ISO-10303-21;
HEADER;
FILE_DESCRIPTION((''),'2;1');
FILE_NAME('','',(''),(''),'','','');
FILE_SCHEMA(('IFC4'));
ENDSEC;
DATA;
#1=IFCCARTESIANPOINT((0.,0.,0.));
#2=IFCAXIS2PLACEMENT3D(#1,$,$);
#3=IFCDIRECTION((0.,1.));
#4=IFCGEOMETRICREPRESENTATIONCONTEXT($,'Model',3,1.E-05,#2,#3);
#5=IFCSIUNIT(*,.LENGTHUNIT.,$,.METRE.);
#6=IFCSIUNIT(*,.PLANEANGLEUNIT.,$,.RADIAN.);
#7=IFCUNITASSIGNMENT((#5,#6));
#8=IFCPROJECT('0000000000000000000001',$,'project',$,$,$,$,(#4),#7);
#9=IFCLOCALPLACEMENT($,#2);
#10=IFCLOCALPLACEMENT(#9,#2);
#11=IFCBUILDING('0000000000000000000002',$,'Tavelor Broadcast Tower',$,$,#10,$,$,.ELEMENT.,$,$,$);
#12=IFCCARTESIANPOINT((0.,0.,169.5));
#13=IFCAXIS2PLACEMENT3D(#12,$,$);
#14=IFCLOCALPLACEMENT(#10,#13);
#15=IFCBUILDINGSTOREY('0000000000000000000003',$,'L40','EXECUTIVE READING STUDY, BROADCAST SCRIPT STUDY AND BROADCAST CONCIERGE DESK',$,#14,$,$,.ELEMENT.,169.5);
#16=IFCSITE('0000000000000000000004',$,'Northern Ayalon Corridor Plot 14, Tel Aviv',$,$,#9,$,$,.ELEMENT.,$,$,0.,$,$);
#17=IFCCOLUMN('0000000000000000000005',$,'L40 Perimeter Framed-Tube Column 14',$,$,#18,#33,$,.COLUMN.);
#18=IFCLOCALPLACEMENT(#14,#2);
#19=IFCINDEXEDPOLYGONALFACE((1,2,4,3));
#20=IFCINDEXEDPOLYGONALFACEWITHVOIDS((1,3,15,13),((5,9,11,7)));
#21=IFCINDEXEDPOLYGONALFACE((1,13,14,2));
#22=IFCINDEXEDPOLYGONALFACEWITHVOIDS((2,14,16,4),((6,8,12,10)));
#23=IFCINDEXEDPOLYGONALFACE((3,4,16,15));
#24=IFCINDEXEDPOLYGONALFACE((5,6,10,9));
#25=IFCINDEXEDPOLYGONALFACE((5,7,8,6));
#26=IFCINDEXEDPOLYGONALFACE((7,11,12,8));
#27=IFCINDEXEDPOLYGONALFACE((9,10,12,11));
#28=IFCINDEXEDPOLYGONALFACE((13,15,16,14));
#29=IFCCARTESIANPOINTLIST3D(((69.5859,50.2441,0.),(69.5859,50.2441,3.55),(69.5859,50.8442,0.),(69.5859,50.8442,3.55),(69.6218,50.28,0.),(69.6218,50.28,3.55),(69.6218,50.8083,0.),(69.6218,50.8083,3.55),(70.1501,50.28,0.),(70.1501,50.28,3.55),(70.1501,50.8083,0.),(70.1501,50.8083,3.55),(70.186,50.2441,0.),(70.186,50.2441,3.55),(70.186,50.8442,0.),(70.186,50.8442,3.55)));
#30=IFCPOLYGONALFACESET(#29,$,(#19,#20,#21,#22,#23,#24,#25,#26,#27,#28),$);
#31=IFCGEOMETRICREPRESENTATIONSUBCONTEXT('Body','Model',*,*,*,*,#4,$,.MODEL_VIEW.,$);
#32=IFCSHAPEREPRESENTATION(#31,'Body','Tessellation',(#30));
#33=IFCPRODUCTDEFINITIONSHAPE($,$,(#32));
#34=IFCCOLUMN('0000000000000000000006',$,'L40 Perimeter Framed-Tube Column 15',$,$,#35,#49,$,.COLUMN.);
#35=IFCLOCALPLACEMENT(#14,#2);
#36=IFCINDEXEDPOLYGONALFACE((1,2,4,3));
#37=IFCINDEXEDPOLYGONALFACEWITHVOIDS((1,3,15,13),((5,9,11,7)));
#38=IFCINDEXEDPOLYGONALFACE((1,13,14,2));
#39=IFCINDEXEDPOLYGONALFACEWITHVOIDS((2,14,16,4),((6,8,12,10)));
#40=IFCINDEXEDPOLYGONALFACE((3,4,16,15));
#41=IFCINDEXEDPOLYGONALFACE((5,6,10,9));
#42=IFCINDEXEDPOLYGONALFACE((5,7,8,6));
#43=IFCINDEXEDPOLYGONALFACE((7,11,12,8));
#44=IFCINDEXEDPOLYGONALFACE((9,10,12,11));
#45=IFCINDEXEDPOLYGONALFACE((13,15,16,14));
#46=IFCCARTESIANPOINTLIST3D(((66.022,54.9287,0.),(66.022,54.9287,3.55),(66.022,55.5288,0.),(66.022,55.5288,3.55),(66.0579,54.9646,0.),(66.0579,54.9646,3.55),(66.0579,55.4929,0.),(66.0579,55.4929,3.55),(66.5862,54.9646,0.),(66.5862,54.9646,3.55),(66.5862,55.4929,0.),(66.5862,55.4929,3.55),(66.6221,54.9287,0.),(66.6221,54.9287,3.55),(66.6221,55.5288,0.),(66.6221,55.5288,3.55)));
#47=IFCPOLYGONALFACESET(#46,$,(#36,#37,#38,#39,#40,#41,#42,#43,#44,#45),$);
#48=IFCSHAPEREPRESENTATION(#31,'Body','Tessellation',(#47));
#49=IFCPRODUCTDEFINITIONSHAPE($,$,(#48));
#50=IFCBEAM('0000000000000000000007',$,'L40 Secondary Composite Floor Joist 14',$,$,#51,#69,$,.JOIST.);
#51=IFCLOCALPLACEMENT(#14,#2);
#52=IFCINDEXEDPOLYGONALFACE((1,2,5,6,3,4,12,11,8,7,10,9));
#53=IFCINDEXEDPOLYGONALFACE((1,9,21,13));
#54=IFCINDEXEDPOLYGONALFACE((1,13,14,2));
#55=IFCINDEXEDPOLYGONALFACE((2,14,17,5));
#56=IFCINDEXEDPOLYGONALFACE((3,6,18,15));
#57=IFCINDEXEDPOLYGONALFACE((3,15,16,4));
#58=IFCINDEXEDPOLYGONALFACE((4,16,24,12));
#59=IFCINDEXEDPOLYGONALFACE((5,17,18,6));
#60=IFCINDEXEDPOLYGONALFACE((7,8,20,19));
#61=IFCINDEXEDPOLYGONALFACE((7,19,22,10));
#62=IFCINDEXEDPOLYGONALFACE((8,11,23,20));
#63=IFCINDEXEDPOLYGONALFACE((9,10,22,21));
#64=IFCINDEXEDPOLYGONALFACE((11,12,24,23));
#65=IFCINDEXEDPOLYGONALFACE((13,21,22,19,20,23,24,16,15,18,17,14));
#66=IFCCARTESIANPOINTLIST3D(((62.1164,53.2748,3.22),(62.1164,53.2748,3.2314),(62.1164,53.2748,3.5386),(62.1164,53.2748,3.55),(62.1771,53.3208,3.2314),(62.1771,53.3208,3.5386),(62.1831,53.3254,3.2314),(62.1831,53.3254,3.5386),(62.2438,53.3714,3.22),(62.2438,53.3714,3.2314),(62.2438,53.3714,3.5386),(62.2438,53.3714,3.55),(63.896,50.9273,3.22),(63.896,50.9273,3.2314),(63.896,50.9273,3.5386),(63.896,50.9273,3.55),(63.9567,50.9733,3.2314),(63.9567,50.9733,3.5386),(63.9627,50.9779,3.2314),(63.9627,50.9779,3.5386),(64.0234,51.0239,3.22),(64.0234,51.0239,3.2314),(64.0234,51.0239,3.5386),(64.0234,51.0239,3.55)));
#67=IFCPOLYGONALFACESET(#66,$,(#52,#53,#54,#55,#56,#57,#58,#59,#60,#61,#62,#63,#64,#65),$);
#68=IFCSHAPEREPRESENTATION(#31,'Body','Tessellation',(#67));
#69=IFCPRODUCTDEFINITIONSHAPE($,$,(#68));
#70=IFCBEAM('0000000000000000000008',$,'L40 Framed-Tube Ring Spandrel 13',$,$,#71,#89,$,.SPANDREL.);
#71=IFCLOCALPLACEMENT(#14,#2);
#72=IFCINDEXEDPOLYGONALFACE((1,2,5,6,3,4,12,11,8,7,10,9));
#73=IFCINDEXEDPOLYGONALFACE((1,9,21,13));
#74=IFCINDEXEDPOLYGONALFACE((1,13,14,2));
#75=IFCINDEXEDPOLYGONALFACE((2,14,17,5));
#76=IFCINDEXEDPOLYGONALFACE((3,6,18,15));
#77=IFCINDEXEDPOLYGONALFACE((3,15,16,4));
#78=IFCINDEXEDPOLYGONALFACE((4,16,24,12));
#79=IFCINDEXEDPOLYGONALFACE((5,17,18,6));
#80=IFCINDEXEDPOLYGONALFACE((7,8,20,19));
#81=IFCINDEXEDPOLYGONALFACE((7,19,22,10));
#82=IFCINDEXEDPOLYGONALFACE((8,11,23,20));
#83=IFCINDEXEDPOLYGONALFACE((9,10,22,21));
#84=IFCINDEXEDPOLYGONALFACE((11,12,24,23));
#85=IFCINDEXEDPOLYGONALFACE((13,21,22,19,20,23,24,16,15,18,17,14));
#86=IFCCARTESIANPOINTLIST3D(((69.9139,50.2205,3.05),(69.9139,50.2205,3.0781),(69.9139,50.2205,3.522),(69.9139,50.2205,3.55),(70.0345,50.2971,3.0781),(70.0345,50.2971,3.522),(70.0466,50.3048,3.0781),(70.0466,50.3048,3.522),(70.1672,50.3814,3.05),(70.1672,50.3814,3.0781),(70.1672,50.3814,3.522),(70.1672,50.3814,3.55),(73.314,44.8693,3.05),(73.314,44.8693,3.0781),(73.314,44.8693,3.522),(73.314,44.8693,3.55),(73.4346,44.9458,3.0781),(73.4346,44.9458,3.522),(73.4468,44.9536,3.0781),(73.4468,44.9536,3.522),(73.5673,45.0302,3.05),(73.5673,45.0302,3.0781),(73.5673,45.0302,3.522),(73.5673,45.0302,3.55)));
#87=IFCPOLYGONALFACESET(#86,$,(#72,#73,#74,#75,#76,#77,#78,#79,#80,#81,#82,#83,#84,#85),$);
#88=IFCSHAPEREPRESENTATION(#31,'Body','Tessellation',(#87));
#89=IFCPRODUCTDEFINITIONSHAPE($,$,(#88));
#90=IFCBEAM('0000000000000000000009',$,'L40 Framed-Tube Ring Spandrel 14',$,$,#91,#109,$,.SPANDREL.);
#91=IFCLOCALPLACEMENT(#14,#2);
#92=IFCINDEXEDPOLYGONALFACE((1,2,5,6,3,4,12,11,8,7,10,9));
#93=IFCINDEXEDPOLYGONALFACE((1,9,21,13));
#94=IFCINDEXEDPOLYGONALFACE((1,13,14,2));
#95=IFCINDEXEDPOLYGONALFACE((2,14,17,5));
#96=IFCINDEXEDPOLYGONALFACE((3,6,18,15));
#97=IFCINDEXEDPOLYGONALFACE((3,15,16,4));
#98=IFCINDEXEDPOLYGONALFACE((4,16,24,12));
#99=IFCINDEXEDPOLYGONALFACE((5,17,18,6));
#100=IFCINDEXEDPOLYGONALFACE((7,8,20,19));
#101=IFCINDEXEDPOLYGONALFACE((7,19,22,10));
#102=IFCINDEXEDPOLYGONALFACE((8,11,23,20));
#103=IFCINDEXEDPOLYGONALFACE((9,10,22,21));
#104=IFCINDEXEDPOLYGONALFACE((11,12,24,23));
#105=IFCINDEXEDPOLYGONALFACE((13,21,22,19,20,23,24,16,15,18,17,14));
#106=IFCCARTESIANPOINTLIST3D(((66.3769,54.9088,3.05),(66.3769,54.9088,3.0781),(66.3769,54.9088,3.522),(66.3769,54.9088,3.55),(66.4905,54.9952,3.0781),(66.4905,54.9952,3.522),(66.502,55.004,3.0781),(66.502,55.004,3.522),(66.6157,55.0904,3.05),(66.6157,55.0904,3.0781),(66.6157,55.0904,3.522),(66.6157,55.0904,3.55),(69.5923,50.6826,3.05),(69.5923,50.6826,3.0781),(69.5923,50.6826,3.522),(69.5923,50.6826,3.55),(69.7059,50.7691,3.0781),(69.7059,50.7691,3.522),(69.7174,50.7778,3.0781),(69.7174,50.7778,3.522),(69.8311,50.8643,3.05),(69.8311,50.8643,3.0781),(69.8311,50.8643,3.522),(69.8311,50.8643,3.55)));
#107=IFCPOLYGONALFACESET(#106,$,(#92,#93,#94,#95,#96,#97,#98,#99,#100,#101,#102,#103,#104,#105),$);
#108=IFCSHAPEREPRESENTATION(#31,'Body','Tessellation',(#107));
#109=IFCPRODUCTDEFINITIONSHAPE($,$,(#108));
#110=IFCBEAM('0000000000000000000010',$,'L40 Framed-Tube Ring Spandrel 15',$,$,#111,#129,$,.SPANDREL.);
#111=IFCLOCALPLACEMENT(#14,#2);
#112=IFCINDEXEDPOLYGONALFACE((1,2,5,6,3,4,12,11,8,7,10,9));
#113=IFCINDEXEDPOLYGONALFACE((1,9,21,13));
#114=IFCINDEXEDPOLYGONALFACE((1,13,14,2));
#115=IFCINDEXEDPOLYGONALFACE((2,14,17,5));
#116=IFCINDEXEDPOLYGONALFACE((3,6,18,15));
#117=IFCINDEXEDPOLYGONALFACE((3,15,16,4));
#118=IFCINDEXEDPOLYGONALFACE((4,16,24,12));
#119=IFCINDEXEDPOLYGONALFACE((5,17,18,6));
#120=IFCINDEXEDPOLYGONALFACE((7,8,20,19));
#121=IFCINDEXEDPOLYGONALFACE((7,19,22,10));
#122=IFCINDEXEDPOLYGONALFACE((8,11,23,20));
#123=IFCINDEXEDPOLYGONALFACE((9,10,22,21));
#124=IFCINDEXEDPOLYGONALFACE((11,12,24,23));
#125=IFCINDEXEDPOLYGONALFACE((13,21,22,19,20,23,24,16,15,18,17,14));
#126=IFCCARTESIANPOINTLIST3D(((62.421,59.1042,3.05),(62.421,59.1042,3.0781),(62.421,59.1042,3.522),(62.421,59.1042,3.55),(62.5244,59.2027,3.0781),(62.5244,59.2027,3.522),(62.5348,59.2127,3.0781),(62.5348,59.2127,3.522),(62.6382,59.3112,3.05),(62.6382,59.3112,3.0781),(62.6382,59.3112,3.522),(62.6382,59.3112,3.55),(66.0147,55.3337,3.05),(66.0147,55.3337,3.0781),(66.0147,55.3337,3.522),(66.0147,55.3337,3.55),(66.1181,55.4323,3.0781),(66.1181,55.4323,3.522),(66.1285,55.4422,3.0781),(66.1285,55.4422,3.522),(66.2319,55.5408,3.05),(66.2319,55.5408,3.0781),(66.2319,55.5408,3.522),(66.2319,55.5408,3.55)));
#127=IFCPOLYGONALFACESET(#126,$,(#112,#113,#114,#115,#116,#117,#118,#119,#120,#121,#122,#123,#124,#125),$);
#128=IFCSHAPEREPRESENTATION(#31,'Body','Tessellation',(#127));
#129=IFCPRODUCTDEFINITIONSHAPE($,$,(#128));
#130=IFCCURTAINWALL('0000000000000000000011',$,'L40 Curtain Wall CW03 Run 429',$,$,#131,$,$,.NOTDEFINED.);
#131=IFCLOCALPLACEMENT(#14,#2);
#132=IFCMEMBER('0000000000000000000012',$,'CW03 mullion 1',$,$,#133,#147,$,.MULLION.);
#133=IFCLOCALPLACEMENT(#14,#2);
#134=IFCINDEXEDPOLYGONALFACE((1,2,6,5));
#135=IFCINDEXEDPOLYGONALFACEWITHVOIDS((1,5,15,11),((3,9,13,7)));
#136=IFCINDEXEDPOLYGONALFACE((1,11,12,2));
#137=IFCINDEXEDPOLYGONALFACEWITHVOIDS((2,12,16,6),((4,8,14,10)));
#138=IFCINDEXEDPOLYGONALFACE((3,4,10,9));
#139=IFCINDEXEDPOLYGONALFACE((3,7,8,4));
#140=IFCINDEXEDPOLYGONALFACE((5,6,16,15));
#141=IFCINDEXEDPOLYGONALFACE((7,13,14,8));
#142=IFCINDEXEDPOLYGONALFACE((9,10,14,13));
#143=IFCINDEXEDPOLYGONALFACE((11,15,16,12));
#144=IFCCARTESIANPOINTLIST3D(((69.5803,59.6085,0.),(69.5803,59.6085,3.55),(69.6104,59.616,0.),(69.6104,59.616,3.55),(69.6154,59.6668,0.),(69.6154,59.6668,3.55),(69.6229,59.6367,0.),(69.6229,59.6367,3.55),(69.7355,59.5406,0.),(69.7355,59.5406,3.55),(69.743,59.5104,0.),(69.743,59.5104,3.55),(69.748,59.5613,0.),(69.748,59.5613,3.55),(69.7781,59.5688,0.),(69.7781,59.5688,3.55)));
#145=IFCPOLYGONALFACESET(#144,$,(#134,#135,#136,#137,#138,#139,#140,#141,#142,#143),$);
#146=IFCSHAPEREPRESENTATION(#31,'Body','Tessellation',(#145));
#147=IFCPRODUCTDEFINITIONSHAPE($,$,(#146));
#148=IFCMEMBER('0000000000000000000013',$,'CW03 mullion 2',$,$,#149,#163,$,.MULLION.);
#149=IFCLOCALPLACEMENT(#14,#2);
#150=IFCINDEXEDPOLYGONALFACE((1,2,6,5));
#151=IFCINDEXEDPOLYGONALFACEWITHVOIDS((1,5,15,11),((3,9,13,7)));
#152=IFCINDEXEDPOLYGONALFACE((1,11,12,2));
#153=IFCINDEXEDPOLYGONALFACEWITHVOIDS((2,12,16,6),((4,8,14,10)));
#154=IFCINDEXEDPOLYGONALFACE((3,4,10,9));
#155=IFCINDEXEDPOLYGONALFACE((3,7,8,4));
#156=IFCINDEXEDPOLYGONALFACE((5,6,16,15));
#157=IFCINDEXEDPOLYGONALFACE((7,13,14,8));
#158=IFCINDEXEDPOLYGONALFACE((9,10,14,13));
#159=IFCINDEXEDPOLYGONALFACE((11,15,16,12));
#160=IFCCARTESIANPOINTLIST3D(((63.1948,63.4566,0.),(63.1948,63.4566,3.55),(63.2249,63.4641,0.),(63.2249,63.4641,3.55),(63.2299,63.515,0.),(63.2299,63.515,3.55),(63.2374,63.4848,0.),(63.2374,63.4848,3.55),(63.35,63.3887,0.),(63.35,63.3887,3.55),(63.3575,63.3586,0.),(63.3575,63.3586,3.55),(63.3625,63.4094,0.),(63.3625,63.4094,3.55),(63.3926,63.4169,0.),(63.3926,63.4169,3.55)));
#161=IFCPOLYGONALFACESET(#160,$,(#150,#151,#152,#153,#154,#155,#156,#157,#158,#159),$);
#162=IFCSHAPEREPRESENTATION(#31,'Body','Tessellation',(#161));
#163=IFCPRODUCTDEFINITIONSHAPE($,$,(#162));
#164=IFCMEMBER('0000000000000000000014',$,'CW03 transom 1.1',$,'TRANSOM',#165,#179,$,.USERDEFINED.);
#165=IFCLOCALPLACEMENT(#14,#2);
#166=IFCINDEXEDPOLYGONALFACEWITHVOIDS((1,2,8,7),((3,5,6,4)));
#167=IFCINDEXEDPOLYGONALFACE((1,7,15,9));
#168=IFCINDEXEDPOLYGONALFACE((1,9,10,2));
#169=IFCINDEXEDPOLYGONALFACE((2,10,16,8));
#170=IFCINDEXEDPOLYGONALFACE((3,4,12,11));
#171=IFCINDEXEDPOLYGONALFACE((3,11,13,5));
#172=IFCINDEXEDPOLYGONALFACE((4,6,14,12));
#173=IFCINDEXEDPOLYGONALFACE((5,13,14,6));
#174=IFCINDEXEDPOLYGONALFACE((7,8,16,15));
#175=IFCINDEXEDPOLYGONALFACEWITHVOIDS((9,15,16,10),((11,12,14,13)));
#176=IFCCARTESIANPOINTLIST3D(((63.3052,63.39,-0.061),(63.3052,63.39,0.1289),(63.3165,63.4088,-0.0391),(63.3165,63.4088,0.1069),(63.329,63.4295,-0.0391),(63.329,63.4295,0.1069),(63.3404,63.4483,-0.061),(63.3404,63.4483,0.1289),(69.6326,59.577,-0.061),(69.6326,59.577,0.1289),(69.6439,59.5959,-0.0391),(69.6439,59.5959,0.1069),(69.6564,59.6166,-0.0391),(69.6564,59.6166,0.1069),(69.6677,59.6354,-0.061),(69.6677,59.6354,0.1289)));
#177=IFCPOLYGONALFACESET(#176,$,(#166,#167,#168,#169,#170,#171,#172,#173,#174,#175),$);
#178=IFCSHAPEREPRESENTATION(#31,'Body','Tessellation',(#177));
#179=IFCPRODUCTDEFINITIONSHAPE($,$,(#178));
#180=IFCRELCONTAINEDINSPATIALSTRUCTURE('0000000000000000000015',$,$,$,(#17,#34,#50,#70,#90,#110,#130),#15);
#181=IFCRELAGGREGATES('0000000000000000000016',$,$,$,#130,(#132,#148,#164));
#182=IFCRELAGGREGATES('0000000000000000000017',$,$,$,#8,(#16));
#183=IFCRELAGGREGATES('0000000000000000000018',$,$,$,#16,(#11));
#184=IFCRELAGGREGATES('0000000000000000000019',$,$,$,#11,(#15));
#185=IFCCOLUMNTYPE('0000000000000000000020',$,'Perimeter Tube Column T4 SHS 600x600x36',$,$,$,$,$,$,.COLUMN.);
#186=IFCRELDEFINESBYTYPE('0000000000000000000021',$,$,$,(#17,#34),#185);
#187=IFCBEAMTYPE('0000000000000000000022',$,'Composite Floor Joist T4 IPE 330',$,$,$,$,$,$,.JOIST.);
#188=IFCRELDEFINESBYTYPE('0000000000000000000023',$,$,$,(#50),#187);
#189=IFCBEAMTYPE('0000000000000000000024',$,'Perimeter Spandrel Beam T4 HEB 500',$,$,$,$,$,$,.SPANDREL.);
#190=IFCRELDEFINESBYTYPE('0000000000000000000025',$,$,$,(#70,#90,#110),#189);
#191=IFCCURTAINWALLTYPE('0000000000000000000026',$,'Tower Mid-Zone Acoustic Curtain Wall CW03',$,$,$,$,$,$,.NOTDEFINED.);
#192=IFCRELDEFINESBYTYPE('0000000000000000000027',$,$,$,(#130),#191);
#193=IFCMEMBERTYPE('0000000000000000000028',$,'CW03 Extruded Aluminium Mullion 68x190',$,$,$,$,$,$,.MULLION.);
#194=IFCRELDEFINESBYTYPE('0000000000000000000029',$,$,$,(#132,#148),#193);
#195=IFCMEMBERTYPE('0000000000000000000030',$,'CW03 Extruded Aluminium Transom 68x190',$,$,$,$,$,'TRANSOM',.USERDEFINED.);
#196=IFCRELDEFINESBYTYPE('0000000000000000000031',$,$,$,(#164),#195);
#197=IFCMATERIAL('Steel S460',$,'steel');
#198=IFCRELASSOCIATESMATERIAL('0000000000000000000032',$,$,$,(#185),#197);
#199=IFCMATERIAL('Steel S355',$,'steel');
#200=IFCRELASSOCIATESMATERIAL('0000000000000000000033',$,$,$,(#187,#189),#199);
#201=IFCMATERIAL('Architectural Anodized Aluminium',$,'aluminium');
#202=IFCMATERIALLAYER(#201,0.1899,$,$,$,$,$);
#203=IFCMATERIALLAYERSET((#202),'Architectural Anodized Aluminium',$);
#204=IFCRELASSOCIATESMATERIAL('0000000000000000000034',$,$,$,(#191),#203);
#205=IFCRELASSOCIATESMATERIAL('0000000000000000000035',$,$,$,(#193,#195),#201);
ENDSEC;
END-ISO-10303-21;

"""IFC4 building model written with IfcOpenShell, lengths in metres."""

from ifc_helpers import new_model, si_unit, direction, frame, origin, origin_2d, place, context, subcontext, project, spatial, hollow_rectangle, i_section, extrude, source, transform, mapped, material, layer, layer_set, material_profile, profile_set, type_object, type_shapes, element, aggregate, save


model = new_model("IFC4")

# Units and contexts
model_context = context("Model", 3, precision=1e-05, world=origin(), true_north=direction((0.0, 1.0)))
body_context = subcontext(model_context, "Body", "Model", "MODEL_VIEW")
ifc_project = project(units=[si_unit("LENGTHUNIT", "METRE"), si_unit("PLANEANGLEUNIT", "RADIAN")], contexts=[model_context])

# Site, building, storey
site_placement = place(None, origin())
site = spatial("IfcSite", under=ifc_project, at=site_placement, Name="Northern Ayalon Corridor Plot 14, Tel Aviv", CompositionType="ELEMENT", RefElevation=0.0)
building_placement = place(site_placement, origin())
building = spatial("IfcBuilding", under=site, at=building_placement, Name="Tavelor Broadcast Tower", CompositionType="ELEMENT")
storey_placement = place(building_placement, frame((0.0, 0.0, 169.5)))
storey = spatial("IfcBuildingStorey", under=building, at=storey_placement, Name="L40", Description="EXECUTIVE READING STUDY, BROADCAST SCRIPT STUDY AND BROADCAST CONCIERGE DESK", CompositionType="ELEMENT", Elevation=169.5)

# Columns
ifc_material_1 = material(Name="Steel S460", Category="steel")
ifc_material_profile_1 = material_profile(ifc_material_1, hollow_rectangle(XDim=0.6001, YDim=0.6001, WallThickness=0.0359, at=origin_2d()), Name="SHS 600x600x36")
ifc_profile_set_1 = profile_set([ifc_material_profile_1], Name="Steel S460")
column_type = type_object("IfcColumnType", Name="Perimeter Tube Column T4 SHS 600x600x36", PredefinedType="COLUMN", material=ifc_profile_set_1)
for number, where, z_axis, x_axis, name in (
    (1, (69.886, 50.5442, 0.0), (0.0, 0.0, 1.0), (1.0, 0.0, 0.0), "L40 Perimeter Framed-Tube Column 14"),
    (2, (66.322, 55.2288, 0.0), (0.0, 0.0, 1.0), (1.0, 0.0, 0.0), "L40 Perimeter Framed-Tube Column 15"),
):
    element("IfcColumn", number, at=place(storey_placement, frame(where, z_axis=z_axis, x_axis=x_axis)), inside=storey, type_object=column_type, Name=name, PredefinedType="COLUMN", context=body_context, shape_type="SweptSolid", body=[
        extrude(hollow_rectangle(XDim=0.6001, YDim=0.6001, WallThickness=0.0359, at=origin_2d()), origin(), (0.0, 0.0, 1.0), 3.55),
    ])

# Beams
ifc_material_2 = material(Name="Steel S355", Category="steel")
ifc_material_profile_2 = material_profile(ifc_material_2, i_section(OverallWidth=0.1599, OverallDepth=0.3301, WebThickness=0.0076, FlangeThickness=0.0115, at=origin_2d()), Name="IPE 330")
ifc_profile_set_2 = profile_set([ifc_material_profile_2], Name="Steel S355")
beam_type_1 = type_object("IfcBeamType", Name="Composite Floor Joist T4 IPE 330", PredefinedType="JOIST", material=ifc_profile_set_2)
beam_1_placement = place(storey_placement, frame((63.9597, 50.9756, 3.385), z_axis=(-0.604116, 0.796896, 0.0), x_axis=(-0.796896, -0.604116, 0.0)))
element("IfcBeam", 3, at=beam_1_placement, inside=storey, type_object=beam_type_1, Name="L40 Secondary Composite Floor Joist 14", PredefinedType="JOIST", context=body_context, shape_type="SweptSolid", body=[
    extrude(i_section(OverallWidth=0.1599, OverallDepth=0.3301, WebThickness=0.0076, FlangeThickness=0.0115, at=origin_2d()), origin(), (0.0, 0.0, 1.0), 2.9458),
])
ifc_material_profile_3 = material_profile(ifc_material_2, i_section(OverallWidth=0.3, OverallDepth=0.5, WebThickness=0.0144, FlangeThickness=0.0281, at=origin_2d()), Name="HEB 500")
ifc_profile_set_3 = profile_set([ifc_material_profile_3], Name="Steel S355")
beam_type_2 = type_object("IfcBeamType", Name="Perimeter Spandrel Beam T4 HEB 500", PredefinedType="SPANDREL", material=ifc_profile_set_3)
beam_2_placement = place(storey_placement, frame((73.4407, 44.9497, 3.3), z_axis=(-0.536287, 0.844035, 0.0), x_axis=(-0.844035, -0.536287, 0.0)))
element("IfcBeam", 4, at=beam_2_placement, inside=storey, type_object=beam_type_2, Name="L40 Framed-Tube Ring Spandrel 13", PredefinedType="SPANDREL", context=body_context, shape_type="SweptSolid", body=[
    extrude(i_section(OverallWidth=0.3, OverallDepth=0.5, WebThickness=0.0144, FlangeThickness=0.0281, at=origin_2d()), origin(), (0.0, 0.0, 1.0), 6.3401),
])
beam_3_placement = place(storey_placement, frame((69.7117, 50.7734, 3.3), z_axis=(-0.605503, 0.795843, 0.0), x_axis=(-0.795843, -0.605503, 0.0)))
element("IfcBeam", 5, at=beam_3_placement, inside=storey, type_object=beam_type_2, Name="L40 Framed-Tube Ring Spandrel 14", PredefinedType="SPANDREL", context=body_context, shape_type="SweptSolid", body=[
    extrude(i_section(OverallWidth=0.3, OverallDepth=0.5, WebThickness=0.0144, FlangeThickness=0.0281, at=origin_2d()), origin(), (0.0, 0.0, 1.0), 5.3103),
])
beam_4_placement = place(storey_placement, frame((66.1233, 55.4373, 3.3), z_axis=(-0.689936, 0.72387, 0.0), x_axis=(-0.72387, -0.689936, 0.0)))
element("IfcBeam", 6, at=beam_4_placement, inside=storey, type_object=beam_type_2, Name="L40 Framed-Tube Ring Spandrel 15", PredefinedType="SPANDREL", context=body_context, shape_type="SweptSolid", body=[
    extrude(i_section(OverallWidth=0.3, OverallDepth=0.5, WebThickness=0.0144, FlangeThickness=0.0281, at=origin_2d()), origin(), (0.0, 0.0, 1.0), 5.2087),
])

# Curtain wall, members
ifc_material_3 = material(Name="Architectural Anodized Aluminium", Category="aluminium")
ifc_layer_1 = layer(ifc_material_3, 0.1899)
ifc_layer_set_1 = layer_set([ifc_layer_1], Name="Architectural Anodized Aluminium")
curtain_wall_type = type_object("IfcCurtainWallType", Name="Tower Mid-Zone Acoustic Curtain Wall CW03", PredefinedType="NOTDEFINED", material=ifc_layer_set_1)
curtain_wall_placement = place(storey_placement, origin())
curtain_wall = element("IfcCurtainWall", 7, at=curtain_wall_placement, inside=storey, type_object=curtain_wall_type, Name="L40 Curtain Wall CW03 Run 429", PredefinedType="NOTDEFINED")
ifc_material_profile_4 = material_profile(ifc_material_3, hollow_rectangle(XDim=0.0681, YDim=0.1899, WallThickness=0.022, at=origin_2d()), Name="RHS 68x190x22")
ifc_profile_set_4 = profile_set([ifc_material_profile_4], Name="Architectural Anodized Aluminium")
member_type_1 = type_object("IfcMemberType", Name="CW03 Extruded Aluminium Mullion 68x190", PredefinedType="MULLION", material=ifc_profile_set_4)
shared_shape_1 = source(origin(), body_context, "Body", "SweptSolid", [
    extrude(hollow_rectangle(XDim=0.0681, YDim=0.1899, WallThickness=0.022, at=origin_2d()), origin(), (0.0, 0.0, 1.0), 3.55),
])
type_shapes(member_type_1, [shared_shape_1])
member_1_placement = place(storey_placement, frame((69.6792, 59.5886, 0.0), z_axis=(0.0, 0.0, 1.0), x_axis=(-0.516154, -0.856496, 0.0)))
member_1 = element("IfcMember", 8, at=member_1_placement, type_object=member_type_1, Name="CW03 mullion 1", PredefinedType="MULLION", context=body_context, shape_type="MappedRepresentation", body=[
    mapped(shared_shape_1, transform((0.0, 0.0, 0.0), scale=1.0)),
])
member_2_placement = place(storey_placement, frame((63.2937, 63.4368, 0.0), z_axis=(0.0, 0.0, 1.0), x_axis=(-0.516154, -0.856496, 0.0)))
member_2 = element("IfcMember", 9, at=member_2_placement, type_object=member_type_1, Name="CW03 mullion 2", PredefinedType="MULLION", context=body_context, shape_type="MappedRepresentation", body=[
    mapped(shared_shape_1, transform((0.0, 0.0, 0.0), scale=1.0)),
])
ifc_material_profile_5 = material_profile(ifc_material_3, hollow_rectangle(XDim=0.0681, YDim=0.1899, WallThickness=0.022, at=origin_2d()), Name="RHS 68x190x22")
ifc_profile_set_5 = profile_set([ifc_material_profile_5], Name="Architectural Anodized Aluminium")
member_type_2 = type_object("IfcMemberType", Name="CW03 Extruded Aluminium Transom 68x190", ElementType="TRANSOM", PredefinedType="USERDEFINED", material=ifc_profile_set_5)
shared_shape_2 = source(origin(), body_context, "Body", "SweptSolid", [
    extrude(hollow_rectangle(XDim=0.0681, YDim=0.1899, WallThickness=0.022, at=origin_2d()), origin(), (0.0, 0.0, 1.0), 7.3875),
])
type_shapes(member_type_2, [shared_shape_2])
member_3_placement = place(storey_placement, frame((69.6501, 59.6062, 0.0339), z_axis=(-0.856503, 0.516142, 0.0), x_axis=(-0.516142, -0.856503, 0.0)))
member_3 = element("IfcMember", 10, at=member_3_placement, type_object=member_type_2, Name="CW03 transom 1.1", ObjectType="TRANSOM", PredefinedType="USERDEFINED", context=body_context, shape_type="MappedRepresentation", body=[
    mapped(shared_shape_2, transform((0.0, 0.0, 0.0), scale=1.0)),
])

aggregate(curtain_wall, [member_1, member_2, member_3])

save(model, "model.ifc")
